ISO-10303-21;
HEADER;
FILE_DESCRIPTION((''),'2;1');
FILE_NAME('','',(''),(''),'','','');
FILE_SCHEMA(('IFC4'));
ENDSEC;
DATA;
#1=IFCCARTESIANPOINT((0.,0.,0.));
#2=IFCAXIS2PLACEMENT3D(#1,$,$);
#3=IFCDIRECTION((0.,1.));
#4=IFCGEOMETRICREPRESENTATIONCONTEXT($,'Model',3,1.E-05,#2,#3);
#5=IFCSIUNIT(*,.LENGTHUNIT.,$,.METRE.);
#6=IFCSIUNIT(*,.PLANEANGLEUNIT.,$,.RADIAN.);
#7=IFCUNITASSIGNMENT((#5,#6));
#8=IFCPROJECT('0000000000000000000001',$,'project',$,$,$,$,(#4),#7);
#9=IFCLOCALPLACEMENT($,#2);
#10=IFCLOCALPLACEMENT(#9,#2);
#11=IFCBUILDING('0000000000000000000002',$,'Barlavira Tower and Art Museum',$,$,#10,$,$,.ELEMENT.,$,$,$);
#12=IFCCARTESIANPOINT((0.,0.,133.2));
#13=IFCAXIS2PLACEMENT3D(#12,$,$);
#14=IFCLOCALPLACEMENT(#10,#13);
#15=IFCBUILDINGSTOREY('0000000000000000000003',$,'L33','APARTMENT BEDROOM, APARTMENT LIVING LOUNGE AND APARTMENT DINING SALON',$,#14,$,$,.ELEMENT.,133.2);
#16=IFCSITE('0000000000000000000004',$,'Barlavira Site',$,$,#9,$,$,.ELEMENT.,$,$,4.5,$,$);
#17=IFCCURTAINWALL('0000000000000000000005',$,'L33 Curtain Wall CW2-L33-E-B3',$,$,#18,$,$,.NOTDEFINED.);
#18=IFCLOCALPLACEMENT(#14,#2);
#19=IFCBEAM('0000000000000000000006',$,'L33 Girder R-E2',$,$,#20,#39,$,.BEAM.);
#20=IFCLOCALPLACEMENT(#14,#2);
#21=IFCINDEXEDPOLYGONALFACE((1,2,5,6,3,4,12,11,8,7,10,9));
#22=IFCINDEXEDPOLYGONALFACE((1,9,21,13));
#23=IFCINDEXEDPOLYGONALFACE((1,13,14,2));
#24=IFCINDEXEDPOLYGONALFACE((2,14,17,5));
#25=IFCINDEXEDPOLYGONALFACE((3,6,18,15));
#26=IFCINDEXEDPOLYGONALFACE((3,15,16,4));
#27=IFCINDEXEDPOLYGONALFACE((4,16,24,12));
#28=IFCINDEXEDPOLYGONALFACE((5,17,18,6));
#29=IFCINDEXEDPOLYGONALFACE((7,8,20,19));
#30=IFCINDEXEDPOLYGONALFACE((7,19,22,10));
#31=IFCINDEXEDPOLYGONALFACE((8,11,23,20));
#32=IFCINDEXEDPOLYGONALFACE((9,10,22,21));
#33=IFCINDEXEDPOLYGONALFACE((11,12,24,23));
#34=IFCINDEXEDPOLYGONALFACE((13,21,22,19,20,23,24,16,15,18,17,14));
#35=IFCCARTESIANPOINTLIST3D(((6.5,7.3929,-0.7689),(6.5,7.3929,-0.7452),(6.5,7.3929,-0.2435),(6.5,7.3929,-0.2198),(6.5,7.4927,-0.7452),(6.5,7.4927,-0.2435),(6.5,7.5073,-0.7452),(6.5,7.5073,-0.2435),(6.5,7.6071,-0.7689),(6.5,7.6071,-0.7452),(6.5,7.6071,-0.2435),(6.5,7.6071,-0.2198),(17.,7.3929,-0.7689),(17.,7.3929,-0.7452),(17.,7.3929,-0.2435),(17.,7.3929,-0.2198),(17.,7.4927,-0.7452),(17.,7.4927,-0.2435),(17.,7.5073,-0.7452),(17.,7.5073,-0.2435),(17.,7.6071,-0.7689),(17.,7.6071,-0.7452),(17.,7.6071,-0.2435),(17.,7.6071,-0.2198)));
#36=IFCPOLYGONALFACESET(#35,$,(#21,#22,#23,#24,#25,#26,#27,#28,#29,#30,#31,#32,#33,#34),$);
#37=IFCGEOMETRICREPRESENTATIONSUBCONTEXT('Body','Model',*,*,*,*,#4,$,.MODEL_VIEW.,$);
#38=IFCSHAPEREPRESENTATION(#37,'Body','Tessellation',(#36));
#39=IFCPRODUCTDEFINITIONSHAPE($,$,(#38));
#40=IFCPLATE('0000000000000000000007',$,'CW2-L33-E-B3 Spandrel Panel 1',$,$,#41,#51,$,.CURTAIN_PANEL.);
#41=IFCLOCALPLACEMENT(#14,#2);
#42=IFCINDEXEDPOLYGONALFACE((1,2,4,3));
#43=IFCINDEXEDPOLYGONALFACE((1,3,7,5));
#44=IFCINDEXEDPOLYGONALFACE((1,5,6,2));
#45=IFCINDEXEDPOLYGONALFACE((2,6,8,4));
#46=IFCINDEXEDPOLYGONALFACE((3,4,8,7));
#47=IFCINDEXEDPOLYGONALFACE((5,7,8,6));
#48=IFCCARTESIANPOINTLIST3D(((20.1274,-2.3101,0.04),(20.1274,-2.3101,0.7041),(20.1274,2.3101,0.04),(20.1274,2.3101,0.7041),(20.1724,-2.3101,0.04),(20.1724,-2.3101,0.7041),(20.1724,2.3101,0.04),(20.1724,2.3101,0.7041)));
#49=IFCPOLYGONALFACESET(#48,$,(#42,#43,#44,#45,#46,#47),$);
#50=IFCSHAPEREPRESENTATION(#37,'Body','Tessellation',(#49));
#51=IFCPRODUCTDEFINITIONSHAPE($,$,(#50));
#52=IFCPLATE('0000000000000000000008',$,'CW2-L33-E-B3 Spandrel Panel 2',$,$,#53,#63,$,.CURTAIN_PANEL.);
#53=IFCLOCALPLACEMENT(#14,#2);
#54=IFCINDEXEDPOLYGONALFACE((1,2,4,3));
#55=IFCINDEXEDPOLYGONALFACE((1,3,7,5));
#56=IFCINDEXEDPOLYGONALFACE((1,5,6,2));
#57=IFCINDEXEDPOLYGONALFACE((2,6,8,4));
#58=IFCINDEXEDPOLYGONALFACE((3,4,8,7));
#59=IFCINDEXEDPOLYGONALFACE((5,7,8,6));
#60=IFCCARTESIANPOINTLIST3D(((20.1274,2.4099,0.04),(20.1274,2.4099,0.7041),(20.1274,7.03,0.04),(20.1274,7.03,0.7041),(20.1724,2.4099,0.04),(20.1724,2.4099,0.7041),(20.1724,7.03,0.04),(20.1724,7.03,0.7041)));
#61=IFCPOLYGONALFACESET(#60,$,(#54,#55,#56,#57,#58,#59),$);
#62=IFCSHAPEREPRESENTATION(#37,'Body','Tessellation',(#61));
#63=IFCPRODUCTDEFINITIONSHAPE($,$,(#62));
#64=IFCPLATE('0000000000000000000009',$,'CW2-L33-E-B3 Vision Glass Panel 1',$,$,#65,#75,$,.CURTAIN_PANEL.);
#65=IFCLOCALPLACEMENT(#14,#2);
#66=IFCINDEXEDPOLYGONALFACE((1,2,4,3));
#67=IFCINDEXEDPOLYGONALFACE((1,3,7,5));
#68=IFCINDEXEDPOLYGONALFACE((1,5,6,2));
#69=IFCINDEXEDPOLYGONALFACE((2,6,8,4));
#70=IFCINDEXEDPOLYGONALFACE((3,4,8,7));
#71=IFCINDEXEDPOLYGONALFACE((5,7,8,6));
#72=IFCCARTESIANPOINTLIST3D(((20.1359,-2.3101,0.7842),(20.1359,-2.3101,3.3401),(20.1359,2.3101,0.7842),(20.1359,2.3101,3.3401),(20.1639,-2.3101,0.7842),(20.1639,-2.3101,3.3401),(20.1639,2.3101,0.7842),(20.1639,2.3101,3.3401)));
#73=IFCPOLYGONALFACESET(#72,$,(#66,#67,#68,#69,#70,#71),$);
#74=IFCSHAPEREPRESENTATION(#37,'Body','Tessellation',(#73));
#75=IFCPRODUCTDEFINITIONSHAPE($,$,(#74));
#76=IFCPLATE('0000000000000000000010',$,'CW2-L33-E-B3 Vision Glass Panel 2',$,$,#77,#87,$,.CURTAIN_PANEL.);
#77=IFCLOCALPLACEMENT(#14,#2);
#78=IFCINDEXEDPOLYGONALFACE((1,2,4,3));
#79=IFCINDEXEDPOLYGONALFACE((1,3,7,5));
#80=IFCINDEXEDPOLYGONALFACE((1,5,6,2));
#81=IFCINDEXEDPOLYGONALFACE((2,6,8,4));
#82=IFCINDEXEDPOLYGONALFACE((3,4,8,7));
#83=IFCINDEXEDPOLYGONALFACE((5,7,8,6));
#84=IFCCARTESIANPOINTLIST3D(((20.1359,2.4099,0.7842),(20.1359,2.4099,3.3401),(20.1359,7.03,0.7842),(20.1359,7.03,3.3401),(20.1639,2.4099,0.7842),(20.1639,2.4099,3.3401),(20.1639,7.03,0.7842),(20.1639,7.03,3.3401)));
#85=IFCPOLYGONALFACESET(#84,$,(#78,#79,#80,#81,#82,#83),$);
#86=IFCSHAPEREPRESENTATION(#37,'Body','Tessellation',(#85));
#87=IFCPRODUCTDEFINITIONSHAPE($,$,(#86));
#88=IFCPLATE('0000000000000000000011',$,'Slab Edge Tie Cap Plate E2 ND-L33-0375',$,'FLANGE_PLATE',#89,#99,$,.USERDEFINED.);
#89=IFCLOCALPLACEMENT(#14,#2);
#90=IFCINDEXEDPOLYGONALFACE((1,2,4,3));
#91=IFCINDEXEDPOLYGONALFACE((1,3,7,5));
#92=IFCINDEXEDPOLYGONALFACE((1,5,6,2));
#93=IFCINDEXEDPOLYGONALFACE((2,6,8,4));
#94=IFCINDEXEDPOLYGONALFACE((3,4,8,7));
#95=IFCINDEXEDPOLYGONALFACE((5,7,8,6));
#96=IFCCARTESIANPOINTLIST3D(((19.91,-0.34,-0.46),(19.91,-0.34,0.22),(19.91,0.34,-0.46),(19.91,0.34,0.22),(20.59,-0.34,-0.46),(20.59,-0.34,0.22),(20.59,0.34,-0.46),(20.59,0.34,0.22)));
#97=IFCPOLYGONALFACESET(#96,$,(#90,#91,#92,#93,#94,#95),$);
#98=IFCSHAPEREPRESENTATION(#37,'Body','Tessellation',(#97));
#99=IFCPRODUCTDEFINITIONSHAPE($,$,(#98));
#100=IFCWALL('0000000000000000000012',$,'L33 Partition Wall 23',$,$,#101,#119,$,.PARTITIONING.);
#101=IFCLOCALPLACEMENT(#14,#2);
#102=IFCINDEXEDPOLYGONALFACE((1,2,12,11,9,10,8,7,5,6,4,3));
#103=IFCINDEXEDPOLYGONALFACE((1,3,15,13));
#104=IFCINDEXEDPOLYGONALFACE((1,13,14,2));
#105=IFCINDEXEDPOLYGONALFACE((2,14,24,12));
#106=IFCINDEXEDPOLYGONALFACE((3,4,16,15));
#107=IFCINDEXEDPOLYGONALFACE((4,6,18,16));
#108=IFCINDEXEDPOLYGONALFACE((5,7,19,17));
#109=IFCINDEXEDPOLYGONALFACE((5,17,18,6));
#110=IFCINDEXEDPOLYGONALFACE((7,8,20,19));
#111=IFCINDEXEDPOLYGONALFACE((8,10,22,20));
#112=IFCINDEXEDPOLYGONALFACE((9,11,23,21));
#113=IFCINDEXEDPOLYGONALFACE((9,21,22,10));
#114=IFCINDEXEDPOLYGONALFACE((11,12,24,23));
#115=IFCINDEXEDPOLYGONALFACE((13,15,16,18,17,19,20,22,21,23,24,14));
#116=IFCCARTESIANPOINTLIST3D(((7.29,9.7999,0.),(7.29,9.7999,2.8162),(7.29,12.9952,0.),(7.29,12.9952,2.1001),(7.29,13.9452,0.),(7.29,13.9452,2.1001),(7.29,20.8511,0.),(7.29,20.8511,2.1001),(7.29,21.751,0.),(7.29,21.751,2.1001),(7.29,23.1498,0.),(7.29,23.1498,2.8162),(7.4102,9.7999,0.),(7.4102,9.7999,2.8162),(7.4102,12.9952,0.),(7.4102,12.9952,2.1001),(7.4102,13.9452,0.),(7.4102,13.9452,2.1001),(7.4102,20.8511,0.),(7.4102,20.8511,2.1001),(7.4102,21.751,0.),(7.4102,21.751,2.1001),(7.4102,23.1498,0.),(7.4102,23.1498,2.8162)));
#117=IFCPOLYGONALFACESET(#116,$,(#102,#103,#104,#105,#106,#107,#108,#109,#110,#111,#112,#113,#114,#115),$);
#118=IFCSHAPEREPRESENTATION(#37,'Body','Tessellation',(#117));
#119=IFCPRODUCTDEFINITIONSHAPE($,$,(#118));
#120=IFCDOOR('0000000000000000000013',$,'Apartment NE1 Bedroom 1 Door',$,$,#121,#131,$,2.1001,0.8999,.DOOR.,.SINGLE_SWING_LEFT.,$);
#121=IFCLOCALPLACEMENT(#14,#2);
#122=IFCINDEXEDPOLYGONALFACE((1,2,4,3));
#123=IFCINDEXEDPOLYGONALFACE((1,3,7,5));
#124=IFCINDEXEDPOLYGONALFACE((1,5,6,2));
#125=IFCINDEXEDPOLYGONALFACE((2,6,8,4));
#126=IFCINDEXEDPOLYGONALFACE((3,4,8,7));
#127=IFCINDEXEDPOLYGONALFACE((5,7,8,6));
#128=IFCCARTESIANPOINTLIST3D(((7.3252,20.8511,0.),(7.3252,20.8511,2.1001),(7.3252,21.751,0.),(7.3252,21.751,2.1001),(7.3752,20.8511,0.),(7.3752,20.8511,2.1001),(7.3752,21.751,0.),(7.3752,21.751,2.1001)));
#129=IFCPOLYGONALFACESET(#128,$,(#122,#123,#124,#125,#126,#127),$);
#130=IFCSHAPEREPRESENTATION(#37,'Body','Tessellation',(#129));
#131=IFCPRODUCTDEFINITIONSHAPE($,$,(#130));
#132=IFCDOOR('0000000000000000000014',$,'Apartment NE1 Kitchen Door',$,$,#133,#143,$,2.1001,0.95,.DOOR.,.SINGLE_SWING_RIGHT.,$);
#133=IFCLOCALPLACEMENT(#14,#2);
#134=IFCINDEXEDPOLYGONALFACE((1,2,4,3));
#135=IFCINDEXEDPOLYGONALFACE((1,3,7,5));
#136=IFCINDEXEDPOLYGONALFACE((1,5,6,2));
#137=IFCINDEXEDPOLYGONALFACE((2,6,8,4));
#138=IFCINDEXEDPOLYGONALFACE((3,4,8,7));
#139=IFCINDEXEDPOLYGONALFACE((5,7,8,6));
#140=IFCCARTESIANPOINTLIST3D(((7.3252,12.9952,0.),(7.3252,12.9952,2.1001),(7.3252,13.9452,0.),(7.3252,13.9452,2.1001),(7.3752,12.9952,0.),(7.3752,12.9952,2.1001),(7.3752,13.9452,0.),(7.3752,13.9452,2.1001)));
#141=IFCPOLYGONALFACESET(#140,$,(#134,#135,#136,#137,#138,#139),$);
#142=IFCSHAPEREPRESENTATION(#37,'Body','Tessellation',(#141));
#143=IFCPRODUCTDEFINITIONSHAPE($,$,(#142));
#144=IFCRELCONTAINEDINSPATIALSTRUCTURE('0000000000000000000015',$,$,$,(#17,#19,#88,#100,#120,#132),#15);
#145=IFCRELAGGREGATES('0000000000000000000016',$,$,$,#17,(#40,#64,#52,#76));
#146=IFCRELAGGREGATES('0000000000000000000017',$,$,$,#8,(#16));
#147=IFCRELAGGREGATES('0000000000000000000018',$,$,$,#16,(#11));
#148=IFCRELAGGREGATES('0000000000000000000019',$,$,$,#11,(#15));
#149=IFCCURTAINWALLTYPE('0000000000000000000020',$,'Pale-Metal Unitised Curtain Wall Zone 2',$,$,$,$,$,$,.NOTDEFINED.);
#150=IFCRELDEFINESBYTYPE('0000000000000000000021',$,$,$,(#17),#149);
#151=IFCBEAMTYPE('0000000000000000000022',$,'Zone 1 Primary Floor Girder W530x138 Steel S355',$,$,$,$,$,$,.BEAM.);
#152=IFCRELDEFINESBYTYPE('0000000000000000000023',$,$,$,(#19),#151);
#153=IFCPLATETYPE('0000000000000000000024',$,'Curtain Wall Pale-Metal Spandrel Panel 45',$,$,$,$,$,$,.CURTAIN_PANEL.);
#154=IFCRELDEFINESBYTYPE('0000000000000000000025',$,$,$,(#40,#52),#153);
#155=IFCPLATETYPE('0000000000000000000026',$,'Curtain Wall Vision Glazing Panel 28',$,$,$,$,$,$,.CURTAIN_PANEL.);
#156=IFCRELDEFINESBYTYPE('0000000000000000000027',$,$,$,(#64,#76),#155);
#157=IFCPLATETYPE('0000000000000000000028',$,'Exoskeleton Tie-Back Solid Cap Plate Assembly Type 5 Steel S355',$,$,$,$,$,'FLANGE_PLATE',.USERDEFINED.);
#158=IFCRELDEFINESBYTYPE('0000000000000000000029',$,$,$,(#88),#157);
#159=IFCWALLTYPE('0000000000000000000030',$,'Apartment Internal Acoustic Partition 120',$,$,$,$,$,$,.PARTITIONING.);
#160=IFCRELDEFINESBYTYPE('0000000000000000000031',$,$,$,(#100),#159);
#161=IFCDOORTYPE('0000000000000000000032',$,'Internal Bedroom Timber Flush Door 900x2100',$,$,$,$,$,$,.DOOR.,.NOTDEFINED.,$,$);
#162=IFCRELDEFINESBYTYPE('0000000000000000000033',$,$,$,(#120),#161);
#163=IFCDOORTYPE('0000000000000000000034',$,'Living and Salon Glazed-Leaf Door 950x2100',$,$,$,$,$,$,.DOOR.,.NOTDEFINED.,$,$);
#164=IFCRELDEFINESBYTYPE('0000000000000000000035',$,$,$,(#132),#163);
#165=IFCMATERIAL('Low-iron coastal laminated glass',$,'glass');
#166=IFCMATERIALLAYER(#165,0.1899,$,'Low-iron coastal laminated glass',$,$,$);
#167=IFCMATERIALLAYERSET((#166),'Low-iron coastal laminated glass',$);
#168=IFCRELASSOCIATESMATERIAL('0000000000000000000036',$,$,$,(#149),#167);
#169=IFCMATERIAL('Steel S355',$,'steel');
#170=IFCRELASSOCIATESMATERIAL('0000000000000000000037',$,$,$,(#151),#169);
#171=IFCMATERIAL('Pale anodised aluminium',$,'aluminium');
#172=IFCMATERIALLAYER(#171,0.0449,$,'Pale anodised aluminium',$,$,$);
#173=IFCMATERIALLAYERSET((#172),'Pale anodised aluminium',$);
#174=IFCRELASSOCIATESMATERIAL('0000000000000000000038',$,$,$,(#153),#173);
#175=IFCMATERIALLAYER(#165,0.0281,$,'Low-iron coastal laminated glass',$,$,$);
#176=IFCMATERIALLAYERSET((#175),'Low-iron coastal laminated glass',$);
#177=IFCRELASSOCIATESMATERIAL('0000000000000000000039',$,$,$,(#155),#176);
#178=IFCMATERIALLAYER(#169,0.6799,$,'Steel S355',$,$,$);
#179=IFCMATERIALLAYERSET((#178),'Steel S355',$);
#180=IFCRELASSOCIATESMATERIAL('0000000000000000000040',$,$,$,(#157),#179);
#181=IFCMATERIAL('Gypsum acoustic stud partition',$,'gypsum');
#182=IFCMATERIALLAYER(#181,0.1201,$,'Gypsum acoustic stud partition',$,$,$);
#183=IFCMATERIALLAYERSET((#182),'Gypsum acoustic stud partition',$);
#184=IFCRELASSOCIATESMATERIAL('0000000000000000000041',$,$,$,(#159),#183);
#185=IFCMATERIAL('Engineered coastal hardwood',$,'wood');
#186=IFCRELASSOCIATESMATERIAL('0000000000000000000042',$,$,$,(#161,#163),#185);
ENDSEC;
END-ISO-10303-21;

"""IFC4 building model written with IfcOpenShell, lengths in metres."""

from ifc_helpers import new_model, si_unit, direction, frame, frame_2d, origin, origin_2d, place, context, subcontext, project, spatial, rectangle, i_section, extrude, material, layer, layer_set, material_profile, profile_set, type_object, element, fill, aggregate, save


model = new_model("IFC4")

# Units and contexts
model_context = context("Model", 3, precision=1e-05, world=origin(), true_north=direction((0.0, 1.0)))
body_context = subcontext(model_context, "Body", "Model", "MODEL_VIEW")
ifc_project = project(units=[si_unit("LENGTHUNIT", "METRE"), si_unit("PLANEANGLEUNIT", "RADIAN")], contexts=[model_context])

# Site, building, storey
site_placement = place(None, origin())
site = spatial("IfcSite", under=ifc_project, at=site_placement, Name="Barlavira Site", CompositionType="ELEMENT", RefElevation=4.5)
building_placement = place(site_placement, origin())
building = spatial("IfcBuilding", under=site, at=building_placement, Name="Barlavira Tower and Art Museum", CompositionType="ELEMENT")
storey_placement = place(building_placement, frame((0.0, 0.0, 133.2)))
storey = spatial("IfcBuildingStorey", under=building, at=storey_placement, Name="L33", Description="APARTMENT BEDROOM, APARTMENT LIVING LOUNGE AND APARTMENT DINING SALON", CompositionType="ELEMENT", Elevation=133.2)

# Curtain wall
ifc_material_1 = material(Name="Low-iron coastal laminated glass", Category="glass")
ifc_layer_1 = layer(ifc_material_1, 0.1899, Name="Low-iron coastal laminated glass")
ifc_layer_set_1 = layer_set([ifc_layer_1], Name="Low-iron coastal laminated glass")
curtain_wall_type = type_object("IfcCurtainWallType", Name="Pale-Metal Unitised Curtain Wall Zone 2", PredefinedType="NOTDEFINED", material=ifc_layer_set_1)
curtain_wall_placement = place(storey_placement, origin())
curtain_wall = element("IfcCurtainWall", 1, at=curtain_wall_placement, inside=storey, type_object=curtain_wall_type, Name="L33 Curtain Wall CW2-L33-E-B3", PredefinedType="NOTDEFINED")
ifc_material_2 = material(Name="Pale anodised aluminium", Category="aluminium")

# Shared definitions
ifc_material_3 = material(Name="Steel S355", Category="steel")

# Beam
ifc_material_profile_1 = material_profile(ifc_material_3, i_section(OverallWidth=0.2141, OverallDepth=0.5491, WebThickness=0.0146, FlangeThickness=0.0237, at=origin_2d()), Name="W530x138.0")
ifc_profile_set_1 = profile_set([ifc_material_profile_1], Name="Steel S355")
beam_type_1 = type_object("IfcBeamType", Name="Zone 1 Primary Floor Girder W530x138 Steel S355", PredefinedType="BEAM", material=ifc_profile_set_1)
beam_1_placement = place(storey_placement, frame((6.5, 7.5, -0.4944), z_axis=(1.0, 0.0, 0.0), x_axis=(0.0, 1.0, 0.0)))
element("IfcBeam", 2, at=beam_1_placement, inside=storey, type_object=beam_type_1, Name="L33 Girder R-E2", PredefinedType="BEAM", context=body_context, shape_type="SweptSolid", body=[
    extrude(i_section(OverallWidth=0.2141, OverallDepth=0.5491, WebThickness=0.0146, FlangeThickness=0.0237, at=origin_2d()), origin(), (0.0, 0.0, 1.0), 10.5),
])

# Plates
ifc_layer_2 = layer(ifc_material_2, 0.0449, Name="Pale anodised aluminium")
ifc_layer_set_2 = layer_set([ifc_layer_2], Name="Pale anodised aluminium")
plate_type_1 = type_object("IfcPlateType", Name="Curtain Wall Pale-Metal Spandrel Panel 45", PredefinedType="CURTAIN_PANEL", material=ifc_layer_set_2)
plate_1_placement = place(storey_placement, frame((20.1499, 0.0, 0.04), z_axis=(0.0, 0.0, 1.0), x_axis=(0.0, 1.0, 0.0)))
plate_1 = element("IfcPlate", 3, at=plate_1_placement, type_object=plate_type_1, Name="CW2-L33-E-B3 Spandrel Panel 1", PredefinedType="CURTAIN_PANEL", context=body_context, shape_type="SweptSolid", body=[
    extrude(rectangle(XDim=4.6201, YDim=0.0449, at=origin_2d()), origin(), (0.0, 0.0, 1.0), 0.6641),
])
plate_2_placement = place(storey_placement, frame((20.1499, 4.72, 0.04), z_axis=(0.0, 0.0, 1.0), x_axis=(0.0, 1.0, 0.0)))
plate_2 = element("IfcPlate", 4, at=plate_2_placement, type_object=plate_type_1, Name="CW2-L33-E-B3 Spandrel Panel 2", PredefinedType="CURTAIN_PANEL", context=body_context, shape_type="SweptSolid", body=[
    extrude(rectangle(XDim=4.6201, YDim=0.0449, at=origin_2d()), origin(), (0.0, 0.0, 1.0), 0.6641),
])
ifc_layer_3 = layer(ifc_material_1, 0.0281, Name="Low-iron coastal laminated glass")
ifc_layer_set_3 = layer_set([ifc_layer_3], Name="Low-iron coastal laminated glass")
plate_type_2 = type_object("IfcPlateType", Name="Curtain Wall Vision Glazing Panel 28", PredefinedType="CURTAIN_PANEL", material=ifc_layer_set_3)
plate_3_placement = place(storey_placement, frame((20.1499, 0.0, 0.7842), z_axis=(0.0, 0.0, 1.0), x_axis=(0.0, 1.0, 0.0)))
plate_3 = element("IfcPlate", 5, at=plate_3_placement, type_object=plate_type_2, Name="CW2-L33-E-B3 Vision Glass Panel 1", PredefinedType="CURTAIN_PANEL", context=body_context, shape_type="SweptSolid", body=[
    extrude(rectangle(XDim=4.6201, YDim=0.0281, at=origin_2d()), origin(), (0.0, 0.0, 1.0), 2.5559),
])
plate_4_placement = place(storey_placement, frame((20.1499, 4.72, 0.7842), z_axis=(0.0, 0.0, 1.0), x_axis=(0.0, 1.0, 0.0)))
plate_4 = element("IfcPlate", 6, at=plate_4_placement, type_object=plate_type_2, Name="CW2-L33-E-B3 Vision Glass Panel 2", PredefinedType="CURTAIN_PANEL", context=body_context, shape_type="SweptSolid", body=[
    extrude(rectangle(XDim=4.6201, YDim=0.0281, at=origin_2d()), origin(), (0.0, 0.0, 1.0), 2.5559),
])
aggregate(curtain_wall, [plate_1, plate_3, plate_2, plate_4])
ifc_layer_4 = layer(ifc_material_3, 0.6799, Name="Steel S355")
ifc_layer_set_4 = layer_set([ifc_layer_4], Name="Steel S355")
plate_type_3 = type_object("IfcPlateType", Name="Exoskeleton Tie-Back Solid Cap Plate Assembly Type 5 Steel S355", ElementType="FLANGE_PLATE", PredefinedType="USERDEFINED", material=ifc_layer_set_4)
plate_5_placement = place(storey_placement, frame((20.25, 0.0, -0.46), z_axis=(0.0, 0.0, 1.0), x_axis=(1.0, 0.0, 0.0)))
element("IfcPlate", 7, at=plate_5_placement, inside=storey, type_object=plate_type_3, Name="Slab Edge Tie Cap Plate E2 ND-L33-0375", ObjectType="FLANGE_PLATE", PredefinedType="USERDEFINED", context=body_context, shape_type="SweptSolid", body=[
    extrude(rectangle(XDim=0.6799, YDim=0.6799, at=origin_2d()), origin(), (0.0, 0.0, 1.0), 0.6799),
])

# Wall, openings, doors
ifc_material_4 = material(Name="Gypsum acoustic stud partition", Category="gypsum")
ifc_layer_5 = layer(ifc_material_4, 0.1201, Name="Gypsum acoustic stud partition")
ifc_layer_set_5 = layer_set([ifc_layer_5], Name="Gypsum acoustic stud partition")
wall_type_1 = type_object("IfcWallType", Name="Apartment Internal Acoustic Partition 120", PredefinedType="PARTITIONING", material=ifc_layer_set_5)
wall_1_placement = place(storey_placement, frame((7.3501, 9.8, 0.0), z_axis=(0.0, 0.0, 1.0), x_axis=(0.0, 1.0, 0.0)))
wall_1 = element("IfcWall", 8, at=wall_1_placement, inside=storey, type_object=wall_type_1, Name="L33 Partition Wall 23", PredefinedType="PARTITIONING", context=body_context, shape_type="SweptSolid", body=[
    extrude(rectangle(XDim=13.3499, YDim=0.1201, at=frame_2d((6.6748, 0.0))), origin(), (0.0, 0.0, 1.0), 2.8162),
])
opening_1_placement = place(wall_1_placement, frame((3.1951, 0.0, 0.0)))
opening_1 = element("IfcOpeningElement", 9, at=opening_1_placement, cuts=wall_1, PredefinedType="OPENING", context=body_context, shape_type="SweptSolid", body=[
    extrude(rectangle(XDim=0.95, YDim=2.1001, at=frame_2d((0.4751, 1.05))), frame((0.0, 0.0701, 0.0), z_axis=(0.0, -1.0, 0.0), x_axis=(1.0, 0.0, 0.0)), (0.0, 0.0, 1.0), 0.1401),
])
opening_2_placement = place(wall_1_placement, frame((11.051, 0.0, 0.0)))
opening_2 = element("IfcOpeningElement", 10, at=opening_2_placement, cuts=wall_1, PredefinedType="OPENING", context=body_context, shape_type="SweptSolid", body=[
    extrude(rectangle(XDim=0.8999, YDim=2.1001, at=frame_2d((0.45, 1.05))), frame((0.0, 0.0701, 0.0), z_axis=(0.0, -1.0, 0.0), x_axis=(1.0, 0.0, 0.0)), (0.0, 0.0, 1.0), 0.1401),
])
ifc_material_5 = material(Name="Engineered coastal hardwood", Category="wood")
door_type_1 = type_object("IfcDoorType", Name="Internal Bedroom Timber Flush Door 900x2100", OperationType="NOTDEFINED", PredefinedType="DOOR", material=ifc_material_5)
door_1_placement = place(opening_2_placement, origin())
door_1 = element("IfcDoor", 11, at=door_1_placement, inside=storey, type_object=door_type_1, Name="Apartment NE1 Bedroom 1 Door", OperationType="SINGLE_SWING_LEFT", OverallHeight=2.1001, OverallWidth=0.8999, PredefinedType="DOOR", context=body_context, shape_type="SweptSolid", body=[
    extrude(rectangle(XDim=0.8999, YDim=2.1001, at=frame_2d((0.45, 1.05))), frame((0.0, 0.0249, 0.0), z_axis=(0.0, -1.0, 0.0), x_axis=(1.0, 0.0, 0.0)), (0.0, 0.0, 1.0), 0.05),
])
fill(opening_2, door_1)
door_type_2 = type_object("IfcDoorType", Name="Living and Salon Glazed-Leaf Door 950x2100", OperationType="NOTDEFINED", PredefinedType="DOOR", material=ifc_material_5)
door_2_placement = place(opening_1_placement, origin())
door_2 = element("IfcDoor", 12, at=door_2_placement, inside=storey, type_object=door_type_2, Name="Apartment NE1 Kitchen Door", OperationType="SINGLE_SWING_RIGHT", OverallHeight=2.1001, OverallWidth=0.95, PredefinedType="DOOR", context=body_context, shape_type="SweptSolid", body=[
    extrude(rectangle(XDim=0.95, YDim=2.1001, at=frame_2d((0.4751, 1.05))), frame((0.0, 0.0249, 0.0), z_axis=(0.0, -1.0, 0.0), x_axis=(1.0, 0.0, 0.0)), (0.0, 0.0, 1.0), 0.05),
])
fill(opening_1, door_2)

save(model, "model.ifc")
